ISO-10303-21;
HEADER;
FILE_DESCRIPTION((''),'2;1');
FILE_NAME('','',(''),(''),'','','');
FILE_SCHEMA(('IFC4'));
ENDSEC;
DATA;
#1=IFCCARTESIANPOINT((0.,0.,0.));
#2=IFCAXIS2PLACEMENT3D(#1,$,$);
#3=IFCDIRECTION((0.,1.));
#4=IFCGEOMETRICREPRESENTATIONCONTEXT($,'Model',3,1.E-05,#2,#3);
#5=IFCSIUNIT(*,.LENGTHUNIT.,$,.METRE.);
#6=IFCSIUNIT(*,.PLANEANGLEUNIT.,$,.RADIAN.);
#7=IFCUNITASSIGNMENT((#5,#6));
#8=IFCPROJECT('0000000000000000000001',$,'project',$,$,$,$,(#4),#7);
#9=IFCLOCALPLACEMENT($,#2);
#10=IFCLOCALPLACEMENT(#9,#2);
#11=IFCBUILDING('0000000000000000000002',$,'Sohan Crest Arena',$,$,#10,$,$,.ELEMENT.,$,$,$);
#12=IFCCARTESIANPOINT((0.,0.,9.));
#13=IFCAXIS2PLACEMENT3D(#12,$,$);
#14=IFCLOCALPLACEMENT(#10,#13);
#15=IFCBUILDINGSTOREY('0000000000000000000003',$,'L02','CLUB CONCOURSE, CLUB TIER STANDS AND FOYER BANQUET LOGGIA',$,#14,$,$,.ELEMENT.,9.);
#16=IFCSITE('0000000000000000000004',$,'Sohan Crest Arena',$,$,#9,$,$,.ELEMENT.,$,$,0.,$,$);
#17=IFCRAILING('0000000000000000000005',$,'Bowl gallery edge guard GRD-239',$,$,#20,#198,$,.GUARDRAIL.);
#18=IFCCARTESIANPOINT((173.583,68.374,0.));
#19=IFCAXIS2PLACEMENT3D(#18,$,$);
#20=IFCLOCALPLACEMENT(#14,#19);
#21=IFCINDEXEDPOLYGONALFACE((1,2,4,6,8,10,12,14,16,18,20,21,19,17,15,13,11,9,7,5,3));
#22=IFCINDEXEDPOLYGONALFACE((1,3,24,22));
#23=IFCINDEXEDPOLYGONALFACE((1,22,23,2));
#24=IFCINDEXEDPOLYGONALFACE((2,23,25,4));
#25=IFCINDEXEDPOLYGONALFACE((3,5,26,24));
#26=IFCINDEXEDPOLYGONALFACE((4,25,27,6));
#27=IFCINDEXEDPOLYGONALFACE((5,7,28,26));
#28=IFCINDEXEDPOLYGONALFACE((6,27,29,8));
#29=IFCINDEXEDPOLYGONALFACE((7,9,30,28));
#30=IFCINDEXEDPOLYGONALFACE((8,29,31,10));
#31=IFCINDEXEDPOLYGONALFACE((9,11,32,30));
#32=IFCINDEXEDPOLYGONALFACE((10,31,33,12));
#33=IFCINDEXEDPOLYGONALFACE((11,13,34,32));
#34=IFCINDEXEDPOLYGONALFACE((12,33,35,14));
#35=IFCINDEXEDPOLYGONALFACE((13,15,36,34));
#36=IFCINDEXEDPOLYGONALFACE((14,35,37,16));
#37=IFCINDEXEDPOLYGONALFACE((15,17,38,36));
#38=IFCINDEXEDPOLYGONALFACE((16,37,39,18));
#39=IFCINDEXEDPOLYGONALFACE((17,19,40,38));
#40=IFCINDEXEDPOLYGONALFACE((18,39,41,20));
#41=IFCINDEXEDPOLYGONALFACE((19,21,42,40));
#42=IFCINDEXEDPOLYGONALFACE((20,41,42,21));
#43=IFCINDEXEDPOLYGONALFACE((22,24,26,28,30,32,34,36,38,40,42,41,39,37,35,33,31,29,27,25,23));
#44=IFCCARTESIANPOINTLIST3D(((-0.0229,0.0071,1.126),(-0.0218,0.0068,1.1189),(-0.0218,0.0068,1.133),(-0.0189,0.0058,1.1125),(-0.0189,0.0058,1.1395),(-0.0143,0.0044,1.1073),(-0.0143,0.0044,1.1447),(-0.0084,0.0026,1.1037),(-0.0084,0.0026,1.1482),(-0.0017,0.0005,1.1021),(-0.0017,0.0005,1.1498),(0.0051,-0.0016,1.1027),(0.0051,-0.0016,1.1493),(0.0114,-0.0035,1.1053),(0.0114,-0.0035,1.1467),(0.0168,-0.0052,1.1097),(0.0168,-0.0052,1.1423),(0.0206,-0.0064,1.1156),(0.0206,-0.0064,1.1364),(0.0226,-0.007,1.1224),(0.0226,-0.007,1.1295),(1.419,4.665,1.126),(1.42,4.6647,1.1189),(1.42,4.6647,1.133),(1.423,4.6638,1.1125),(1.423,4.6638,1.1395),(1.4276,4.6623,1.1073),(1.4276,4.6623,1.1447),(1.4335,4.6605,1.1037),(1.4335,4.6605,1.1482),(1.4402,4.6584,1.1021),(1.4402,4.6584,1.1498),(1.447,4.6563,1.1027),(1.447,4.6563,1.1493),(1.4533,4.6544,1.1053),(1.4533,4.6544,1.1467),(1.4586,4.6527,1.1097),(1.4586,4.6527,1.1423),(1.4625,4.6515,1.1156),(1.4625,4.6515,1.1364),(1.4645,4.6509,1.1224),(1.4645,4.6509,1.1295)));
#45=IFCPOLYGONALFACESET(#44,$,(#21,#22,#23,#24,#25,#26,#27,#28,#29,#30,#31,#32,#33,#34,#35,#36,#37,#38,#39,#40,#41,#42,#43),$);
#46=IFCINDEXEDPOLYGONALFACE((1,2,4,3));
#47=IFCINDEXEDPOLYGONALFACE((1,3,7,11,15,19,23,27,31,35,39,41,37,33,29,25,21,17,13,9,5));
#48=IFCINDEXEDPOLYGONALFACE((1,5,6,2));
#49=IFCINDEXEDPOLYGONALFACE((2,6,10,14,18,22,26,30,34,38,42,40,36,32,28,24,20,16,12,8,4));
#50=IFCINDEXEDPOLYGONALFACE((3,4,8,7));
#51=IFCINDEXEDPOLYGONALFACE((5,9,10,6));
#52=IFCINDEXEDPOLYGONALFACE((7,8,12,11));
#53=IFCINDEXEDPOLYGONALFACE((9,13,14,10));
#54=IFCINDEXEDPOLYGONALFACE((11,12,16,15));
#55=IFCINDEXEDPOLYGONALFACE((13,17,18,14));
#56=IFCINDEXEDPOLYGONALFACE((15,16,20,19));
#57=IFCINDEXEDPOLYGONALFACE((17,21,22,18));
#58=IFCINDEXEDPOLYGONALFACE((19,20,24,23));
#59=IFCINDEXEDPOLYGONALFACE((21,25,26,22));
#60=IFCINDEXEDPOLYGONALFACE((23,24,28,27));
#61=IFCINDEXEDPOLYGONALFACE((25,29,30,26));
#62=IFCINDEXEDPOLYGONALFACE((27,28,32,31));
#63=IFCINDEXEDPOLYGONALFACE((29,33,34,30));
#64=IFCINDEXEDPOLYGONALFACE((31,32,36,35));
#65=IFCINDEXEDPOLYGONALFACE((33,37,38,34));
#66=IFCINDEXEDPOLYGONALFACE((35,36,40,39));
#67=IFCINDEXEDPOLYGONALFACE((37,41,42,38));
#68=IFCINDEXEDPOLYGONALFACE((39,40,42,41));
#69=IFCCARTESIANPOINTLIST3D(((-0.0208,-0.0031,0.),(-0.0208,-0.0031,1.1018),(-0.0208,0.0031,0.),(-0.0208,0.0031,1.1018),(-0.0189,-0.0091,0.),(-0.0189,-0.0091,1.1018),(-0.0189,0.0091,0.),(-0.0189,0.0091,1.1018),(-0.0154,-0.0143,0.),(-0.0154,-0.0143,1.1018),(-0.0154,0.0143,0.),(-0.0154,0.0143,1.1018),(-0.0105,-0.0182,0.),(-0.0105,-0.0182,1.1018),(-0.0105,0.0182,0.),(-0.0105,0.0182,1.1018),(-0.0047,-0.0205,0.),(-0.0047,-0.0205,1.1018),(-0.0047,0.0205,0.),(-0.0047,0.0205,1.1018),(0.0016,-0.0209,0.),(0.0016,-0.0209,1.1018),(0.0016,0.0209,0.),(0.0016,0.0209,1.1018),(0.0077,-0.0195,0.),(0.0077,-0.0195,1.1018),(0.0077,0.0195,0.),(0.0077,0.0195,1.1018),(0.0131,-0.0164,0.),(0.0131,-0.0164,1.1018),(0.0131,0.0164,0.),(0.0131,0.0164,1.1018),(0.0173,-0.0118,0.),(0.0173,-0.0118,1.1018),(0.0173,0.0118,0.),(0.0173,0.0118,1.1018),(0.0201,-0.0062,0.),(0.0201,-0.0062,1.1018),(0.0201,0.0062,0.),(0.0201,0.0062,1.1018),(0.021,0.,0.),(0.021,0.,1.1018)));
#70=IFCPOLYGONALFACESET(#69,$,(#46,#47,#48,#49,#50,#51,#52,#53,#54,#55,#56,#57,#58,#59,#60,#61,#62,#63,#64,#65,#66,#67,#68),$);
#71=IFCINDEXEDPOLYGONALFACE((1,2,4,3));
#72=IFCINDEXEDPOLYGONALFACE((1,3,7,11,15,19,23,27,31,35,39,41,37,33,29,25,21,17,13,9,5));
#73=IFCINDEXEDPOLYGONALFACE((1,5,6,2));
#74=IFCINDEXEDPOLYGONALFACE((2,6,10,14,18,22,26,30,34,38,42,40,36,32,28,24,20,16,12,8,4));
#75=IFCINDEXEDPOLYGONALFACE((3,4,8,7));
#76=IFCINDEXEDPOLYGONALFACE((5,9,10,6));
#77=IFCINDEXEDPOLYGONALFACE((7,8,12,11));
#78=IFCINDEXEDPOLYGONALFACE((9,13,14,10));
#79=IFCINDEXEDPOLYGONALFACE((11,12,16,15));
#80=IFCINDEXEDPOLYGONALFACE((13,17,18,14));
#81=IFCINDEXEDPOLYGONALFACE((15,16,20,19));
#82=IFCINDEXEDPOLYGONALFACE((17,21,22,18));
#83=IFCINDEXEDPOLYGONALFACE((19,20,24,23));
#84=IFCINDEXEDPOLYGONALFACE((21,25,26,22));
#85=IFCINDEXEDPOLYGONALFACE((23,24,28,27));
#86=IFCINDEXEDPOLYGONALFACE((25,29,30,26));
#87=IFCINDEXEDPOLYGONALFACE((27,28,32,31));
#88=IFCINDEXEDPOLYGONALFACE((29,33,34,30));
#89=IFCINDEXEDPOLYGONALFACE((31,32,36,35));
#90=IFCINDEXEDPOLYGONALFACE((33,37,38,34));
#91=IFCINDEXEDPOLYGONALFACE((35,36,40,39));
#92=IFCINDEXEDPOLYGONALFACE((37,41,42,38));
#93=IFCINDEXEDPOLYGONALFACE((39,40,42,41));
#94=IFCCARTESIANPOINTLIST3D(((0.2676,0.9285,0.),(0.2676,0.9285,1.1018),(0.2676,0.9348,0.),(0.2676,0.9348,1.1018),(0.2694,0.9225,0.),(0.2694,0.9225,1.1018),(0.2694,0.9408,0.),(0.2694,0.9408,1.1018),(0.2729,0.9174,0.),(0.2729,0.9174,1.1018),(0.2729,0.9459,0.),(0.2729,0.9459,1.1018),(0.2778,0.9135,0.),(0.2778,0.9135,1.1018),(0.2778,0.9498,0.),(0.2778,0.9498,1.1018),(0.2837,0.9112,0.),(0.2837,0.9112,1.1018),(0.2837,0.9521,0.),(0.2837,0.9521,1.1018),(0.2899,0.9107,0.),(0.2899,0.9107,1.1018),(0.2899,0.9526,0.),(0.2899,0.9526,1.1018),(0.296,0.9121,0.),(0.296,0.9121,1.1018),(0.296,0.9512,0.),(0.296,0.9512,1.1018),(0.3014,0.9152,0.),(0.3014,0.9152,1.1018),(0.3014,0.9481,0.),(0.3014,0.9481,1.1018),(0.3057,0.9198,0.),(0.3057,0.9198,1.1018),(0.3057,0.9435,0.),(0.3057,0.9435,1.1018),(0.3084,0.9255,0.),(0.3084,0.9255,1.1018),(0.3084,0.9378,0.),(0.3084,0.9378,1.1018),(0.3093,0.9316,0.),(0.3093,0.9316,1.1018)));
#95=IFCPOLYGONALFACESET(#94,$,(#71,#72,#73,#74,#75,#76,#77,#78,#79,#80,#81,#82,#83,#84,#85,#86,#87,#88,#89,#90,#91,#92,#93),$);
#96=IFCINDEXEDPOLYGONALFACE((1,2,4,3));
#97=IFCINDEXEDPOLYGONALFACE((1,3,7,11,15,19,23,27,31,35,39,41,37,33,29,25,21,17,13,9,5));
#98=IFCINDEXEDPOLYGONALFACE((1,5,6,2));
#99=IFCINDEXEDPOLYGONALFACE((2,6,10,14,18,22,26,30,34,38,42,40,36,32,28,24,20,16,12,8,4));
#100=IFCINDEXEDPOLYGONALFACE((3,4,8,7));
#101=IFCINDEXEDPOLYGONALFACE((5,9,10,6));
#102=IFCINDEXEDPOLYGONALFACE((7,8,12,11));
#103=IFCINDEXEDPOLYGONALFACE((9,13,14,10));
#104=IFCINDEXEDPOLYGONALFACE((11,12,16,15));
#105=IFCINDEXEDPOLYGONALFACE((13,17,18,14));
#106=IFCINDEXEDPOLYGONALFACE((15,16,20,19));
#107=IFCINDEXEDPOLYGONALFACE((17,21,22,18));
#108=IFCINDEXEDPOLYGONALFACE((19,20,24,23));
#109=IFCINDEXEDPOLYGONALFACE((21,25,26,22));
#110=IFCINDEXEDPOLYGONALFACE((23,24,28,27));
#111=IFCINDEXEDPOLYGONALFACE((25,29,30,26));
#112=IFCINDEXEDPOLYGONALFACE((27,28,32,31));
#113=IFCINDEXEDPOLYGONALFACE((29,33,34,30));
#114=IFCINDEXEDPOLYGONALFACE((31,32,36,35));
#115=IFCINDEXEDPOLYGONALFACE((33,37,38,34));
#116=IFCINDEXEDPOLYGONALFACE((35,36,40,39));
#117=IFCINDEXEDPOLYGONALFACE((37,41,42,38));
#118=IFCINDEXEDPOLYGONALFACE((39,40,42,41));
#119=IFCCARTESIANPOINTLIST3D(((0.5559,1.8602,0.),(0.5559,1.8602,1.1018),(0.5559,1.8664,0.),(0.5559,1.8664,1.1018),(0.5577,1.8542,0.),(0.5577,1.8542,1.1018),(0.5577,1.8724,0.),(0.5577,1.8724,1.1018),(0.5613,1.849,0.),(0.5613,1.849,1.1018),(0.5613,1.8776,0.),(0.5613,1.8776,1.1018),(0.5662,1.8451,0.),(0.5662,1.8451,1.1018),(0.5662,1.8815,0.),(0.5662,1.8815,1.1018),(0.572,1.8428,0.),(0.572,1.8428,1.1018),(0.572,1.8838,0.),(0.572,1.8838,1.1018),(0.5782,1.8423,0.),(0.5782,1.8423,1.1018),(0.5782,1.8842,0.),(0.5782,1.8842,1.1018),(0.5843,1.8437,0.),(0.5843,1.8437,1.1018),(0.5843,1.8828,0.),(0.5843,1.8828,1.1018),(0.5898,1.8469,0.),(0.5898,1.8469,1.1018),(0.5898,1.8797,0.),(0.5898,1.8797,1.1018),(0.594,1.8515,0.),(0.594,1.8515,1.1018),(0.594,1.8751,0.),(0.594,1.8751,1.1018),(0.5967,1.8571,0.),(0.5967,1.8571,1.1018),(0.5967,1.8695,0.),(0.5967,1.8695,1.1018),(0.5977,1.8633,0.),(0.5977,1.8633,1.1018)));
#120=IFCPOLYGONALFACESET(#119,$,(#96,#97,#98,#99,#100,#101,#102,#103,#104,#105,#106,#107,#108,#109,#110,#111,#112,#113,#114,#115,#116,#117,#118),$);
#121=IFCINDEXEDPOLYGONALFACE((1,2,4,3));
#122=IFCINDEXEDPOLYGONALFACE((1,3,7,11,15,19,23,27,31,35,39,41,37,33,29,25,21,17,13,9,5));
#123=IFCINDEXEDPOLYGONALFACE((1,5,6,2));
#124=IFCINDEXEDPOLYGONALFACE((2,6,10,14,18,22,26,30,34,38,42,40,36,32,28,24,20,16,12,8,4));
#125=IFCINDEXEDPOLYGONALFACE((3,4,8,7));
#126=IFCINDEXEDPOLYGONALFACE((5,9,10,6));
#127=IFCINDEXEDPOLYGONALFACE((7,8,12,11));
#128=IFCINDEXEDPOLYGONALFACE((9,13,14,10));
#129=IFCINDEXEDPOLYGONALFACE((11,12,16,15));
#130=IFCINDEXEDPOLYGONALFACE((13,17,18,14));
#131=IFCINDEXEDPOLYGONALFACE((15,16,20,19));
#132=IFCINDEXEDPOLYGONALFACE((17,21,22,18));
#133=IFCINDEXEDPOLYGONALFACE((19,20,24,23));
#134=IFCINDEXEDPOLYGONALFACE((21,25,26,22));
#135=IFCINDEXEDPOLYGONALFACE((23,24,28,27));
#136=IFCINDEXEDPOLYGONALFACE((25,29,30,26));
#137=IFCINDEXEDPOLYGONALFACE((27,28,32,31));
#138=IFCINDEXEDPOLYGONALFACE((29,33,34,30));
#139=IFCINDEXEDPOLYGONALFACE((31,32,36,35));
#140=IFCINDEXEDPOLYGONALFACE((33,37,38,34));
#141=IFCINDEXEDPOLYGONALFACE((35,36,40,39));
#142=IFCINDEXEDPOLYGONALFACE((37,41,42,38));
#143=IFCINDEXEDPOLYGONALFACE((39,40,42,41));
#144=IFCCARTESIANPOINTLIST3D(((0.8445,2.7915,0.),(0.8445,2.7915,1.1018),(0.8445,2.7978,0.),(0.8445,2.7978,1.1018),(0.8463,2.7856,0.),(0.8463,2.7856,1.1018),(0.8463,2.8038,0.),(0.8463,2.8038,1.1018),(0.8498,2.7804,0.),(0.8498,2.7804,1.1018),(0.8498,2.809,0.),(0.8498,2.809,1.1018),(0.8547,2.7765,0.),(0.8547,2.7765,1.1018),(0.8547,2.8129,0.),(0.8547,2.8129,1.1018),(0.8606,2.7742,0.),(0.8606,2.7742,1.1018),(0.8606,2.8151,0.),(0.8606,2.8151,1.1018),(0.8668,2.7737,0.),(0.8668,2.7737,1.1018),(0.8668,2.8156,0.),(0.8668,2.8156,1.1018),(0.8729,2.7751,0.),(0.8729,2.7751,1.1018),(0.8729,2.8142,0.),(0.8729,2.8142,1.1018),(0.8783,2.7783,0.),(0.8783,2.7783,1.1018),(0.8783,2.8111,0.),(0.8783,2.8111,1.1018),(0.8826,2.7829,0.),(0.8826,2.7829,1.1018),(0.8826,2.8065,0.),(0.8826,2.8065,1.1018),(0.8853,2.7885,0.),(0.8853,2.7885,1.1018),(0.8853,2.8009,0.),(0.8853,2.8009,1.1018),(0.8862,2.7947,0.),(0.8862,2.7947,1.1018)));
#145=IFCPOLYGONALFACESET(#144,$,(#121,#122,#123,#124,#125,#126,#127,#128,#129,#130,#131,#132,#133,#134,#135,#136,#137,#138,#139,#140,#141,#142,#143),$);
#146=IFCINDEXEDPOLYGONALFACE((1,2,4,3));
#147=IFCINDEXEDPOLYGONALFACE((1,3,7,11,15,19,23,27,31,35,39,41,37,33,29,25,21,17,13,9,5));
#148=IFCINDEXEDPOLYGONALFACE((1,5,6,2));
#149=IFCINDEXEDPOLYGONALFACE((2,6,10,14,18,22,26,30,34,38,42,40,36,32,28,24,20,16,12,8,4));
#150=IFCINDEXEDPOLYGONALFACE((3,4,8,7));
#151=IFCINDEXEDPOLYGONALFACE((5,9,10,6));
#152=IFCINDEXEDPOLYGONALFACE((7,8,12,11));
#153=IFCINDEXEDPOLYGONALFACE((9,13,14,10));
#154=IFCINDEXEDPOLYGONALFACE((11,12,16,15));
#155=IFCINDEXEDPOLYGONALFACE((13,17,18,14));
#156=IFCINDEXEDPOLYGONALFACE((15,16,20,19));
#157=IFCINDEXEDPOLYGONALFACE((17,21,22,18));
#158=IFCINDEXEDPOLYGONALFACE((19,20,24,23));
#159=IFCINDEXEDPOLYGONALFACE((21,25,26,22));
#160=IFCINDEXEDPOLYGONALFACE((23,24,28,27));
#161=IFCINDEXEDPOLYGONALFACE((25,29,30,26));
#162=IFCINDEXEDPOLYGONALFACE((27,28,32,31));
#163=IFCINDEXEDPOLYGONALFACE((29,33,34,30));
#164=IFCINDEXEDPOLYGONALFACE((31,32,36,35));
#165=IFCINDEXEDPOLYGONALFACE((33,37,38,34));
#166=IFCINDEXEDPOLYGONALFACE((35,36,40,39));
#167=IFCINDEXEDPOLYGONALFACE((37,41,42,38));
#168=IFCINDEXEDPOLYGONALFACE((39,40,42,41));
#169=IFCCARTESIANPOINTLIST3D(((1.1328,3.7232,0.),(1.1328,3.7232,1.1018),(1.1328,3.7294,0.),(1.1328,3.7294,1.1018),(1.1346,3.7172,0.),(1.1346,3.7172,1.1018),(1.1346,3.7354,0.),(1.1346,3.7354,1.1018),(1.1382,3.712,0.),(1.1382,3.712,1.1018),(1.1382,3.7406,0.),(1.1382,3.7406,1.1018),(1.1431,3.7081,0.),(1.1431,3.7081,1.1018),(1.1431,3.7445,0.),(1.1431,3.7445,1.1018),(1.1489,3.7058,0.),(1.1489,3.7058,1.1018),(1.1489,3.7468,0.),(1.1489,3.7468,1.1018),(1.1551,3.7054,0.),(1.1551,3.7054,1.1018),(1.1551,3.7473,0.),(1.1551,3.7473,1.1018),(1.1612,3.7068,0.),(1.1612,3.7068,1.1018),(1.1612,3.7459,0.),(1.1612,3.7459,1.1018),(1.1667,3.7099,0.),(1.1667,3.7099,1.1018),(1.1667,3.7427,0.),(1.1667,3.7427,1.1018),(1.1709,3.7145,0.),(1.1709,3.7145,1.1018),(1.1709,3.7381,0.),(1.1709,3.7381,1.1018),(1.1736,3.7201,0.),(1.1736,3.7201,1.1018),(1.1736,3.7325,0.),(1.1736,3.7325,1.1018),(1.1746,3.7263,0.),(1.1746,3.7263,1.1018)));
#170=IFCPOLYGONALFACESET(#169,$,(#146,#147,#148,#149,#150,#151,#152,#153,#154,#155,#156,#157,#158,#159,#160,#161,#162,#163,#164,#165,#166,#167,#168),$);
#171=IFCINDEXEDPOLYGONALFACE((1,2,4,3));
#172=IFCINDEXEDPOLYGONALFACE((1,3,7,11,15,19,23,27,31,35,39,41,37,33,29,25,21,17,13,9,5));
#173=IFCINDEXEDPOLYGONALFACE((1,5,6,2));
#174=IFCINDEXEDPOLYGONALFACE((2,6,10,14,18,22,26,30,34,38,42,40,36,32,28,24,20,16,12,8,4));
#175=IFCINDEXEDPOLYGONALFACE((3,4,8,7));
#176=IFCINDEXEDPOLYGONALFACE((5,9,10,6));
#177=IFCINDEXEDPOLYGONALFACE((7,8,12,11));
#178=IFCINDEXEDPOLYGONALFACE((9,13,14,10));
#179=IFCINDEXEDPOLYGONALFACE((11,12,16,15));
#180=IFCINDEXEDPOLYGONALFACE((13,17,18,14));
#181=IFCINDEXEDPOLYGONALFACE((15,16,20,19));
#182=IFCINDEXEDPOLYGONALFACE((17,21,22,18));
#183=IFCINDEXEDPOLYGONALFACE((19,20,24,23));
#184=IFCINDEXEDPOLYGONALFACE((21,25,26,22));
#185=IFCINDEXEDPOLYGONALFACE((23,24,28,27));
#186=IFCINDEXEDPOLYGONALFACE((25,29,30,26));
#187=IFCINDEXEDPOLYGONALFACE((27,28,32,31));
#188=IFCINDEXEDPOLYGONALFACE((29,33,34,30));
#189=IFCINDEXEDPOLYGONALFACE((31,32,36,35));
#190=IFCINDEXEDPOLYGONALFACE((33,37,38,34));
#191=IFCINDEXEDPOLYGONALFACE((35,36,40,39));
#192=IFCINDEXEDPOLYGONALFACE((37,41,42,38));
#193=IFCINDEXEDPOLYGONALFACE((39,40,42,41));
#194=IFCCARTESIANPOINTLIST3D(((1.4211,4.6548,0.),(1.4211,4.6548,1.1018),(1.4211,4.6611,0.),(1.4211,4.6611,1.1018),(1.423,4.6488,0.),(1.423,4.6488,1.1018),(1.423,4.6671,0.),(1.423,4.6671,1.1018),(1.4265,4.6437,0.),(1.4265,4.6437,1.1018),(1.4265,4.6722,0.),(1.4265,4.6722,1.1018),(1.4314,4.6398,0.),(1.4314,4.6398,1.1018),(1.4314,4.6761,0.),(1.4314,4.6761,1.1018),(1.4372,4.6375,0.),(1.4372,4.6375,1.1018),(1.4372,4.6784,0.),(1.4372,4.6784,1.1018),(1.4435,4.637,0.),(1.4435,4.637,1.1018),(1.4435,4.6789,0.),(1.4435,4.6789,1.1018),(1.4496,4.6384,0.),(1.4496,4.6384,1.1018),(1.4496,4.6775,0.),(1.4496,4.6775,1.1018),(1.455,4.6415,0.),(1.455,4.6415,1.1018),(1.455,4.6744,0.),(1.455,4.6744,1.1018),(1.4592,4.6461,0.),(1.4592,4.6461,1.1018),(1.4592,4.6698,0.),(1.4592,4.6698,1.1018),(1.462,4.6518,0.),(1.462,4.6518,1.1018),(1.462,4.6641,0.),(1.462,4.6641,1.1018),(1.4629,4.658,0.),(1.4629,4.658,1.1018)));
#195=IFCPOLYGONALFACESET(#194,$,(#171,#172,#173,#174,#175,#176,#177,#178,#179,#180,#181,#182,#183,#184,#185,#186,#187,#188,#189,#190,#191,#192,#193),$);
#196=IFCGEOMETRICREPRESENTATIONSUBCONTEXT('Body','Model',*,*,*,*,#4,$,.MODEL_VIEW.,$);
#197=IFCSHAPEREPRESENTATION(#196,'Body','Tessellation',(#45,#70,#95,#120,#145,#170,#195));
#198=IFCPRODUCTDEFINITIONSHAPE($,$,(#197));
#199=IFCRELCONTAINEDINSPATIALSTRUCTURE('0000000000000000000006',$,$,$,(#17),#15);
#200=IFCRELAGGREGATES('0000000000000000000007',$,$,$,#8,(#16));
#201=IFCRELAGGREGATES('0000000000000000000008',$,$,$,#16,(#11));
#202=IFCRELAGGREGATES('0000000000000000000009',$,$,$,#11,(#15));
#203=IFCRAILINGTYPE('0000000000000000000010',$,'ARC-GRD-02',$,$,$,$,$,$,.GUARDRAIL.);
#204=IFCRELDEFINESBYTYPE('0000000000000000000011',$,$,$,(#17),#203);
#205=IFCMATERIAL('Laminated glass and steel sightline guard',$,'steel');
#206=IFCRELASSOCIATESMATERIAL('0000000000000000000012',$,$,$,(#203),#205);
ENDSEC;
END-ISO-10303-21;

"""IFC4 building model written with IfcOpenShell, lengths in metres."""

from ifc_helpers import new_model, si_unit, direction, frame, origin, origin_2d, place, context, subcontext, project, spatial, circle, extrude, material, type_object, element, save


model = new_model("IFC4")

# Units and contexts
model_context = context("Model", 3, precision=1e-05, world=origin(), true_north=direction((0.0, 1.0)))
body_context = subcontext(model_context, "Body", "Model", "MODEL_VIEW")
ifc_project = project(units=[si_unit("LENGTHUNIT", "METRE"), si_unit("PLANEANGLEUNIT", "RADIAN")], contexts=[model_context])

# Site, building, storey
site_placement = place(None, origin())
site = spatial("IfcSite", under=ifc_project, at=site_placement, Name="Sohan Crest Arena", CompositionType="ELEMENT", RefElevation=0.0)
building_placement = place(site_placement, origin())
building = spatial("IfcBuilding", under=site, at=building_placement, Name="Sohan Crest Arena", CompositionType="ELEMENT")
storey_placement = place(building_placement, frame((0.0, 0.0, 9.0)))
storey = spatial("IfcBuildingStorey", under=building, at=storey_placement, Name="L02", Description="CLUB CONCOURSE, CLUB TIER STANDS AND FOYER BANQUET LOGGIA", CompositionType="ELEMENT", Elevation=9.0)

# Railing
ifc_material_1 = material(Name="Laminated glass and steel sightline guard", Category="steel")
railing_type = type_object("IfcRailingType", Name="ARC-GRD-02", PredefinedType="GUARDRAIL", material=ifc_material_1)
railing_1_placement = place(storey_placement, frame((173.583, 68.374, 0.0)))
element("IfcRailing", 1, at=railing_1_placement, inside=storey, type_object=railing_type, Name="Bowl gallery edge guard GRD-239", PredefinedType="GUARDRAIL", context=body_context, shape_type="SweptSolid", body=[
    extrude(circle(Radius=0.0239, at=origin_2d()), frame((0.0, 0.0, 1.126), z_axis=(0.295711, 0.955277, 0.0), x_axis=(-0.955277, 0.295711, 0.0)), (0.0, 0.0, 1.0), 4.876),
    extrude(circle(Radius=0.021, at=origin_2d()), origin(), (0.0, 0.0, 1.0), 1.1018),
    extrude(circle(Radius=0.021, at=origin_2d()), frame((0.2883, 0.9316, 0.0)), (0.0, 0.0, 1.0), 1.1018),
    extrude(circle(Radius=0.021, at=origin_2d()), frame((0.5767, 1.8633, 0.0)), (0.0, 0.0, 1.0), 1.1018),
    extrude(circle(Radius=0.021, at=origin_2d()), frame((0.8652, 2.7947, 0.0)), (0.0, 0.0, 1.0), 1.1018),
    extrude(circle(Radius=0.021, at=origin_2d()), frame((1.1536, 3.7263, 0.0)), (0.0, 0.0, 1.0), 1.1018),
    extrude(circle(Radius=0.021, at=origin_2d()), frame((1.4419, 4.658, 0.0)), (0.0, 0.0, 1.0), 1.1018),
])

save(model, "model.ifc")
